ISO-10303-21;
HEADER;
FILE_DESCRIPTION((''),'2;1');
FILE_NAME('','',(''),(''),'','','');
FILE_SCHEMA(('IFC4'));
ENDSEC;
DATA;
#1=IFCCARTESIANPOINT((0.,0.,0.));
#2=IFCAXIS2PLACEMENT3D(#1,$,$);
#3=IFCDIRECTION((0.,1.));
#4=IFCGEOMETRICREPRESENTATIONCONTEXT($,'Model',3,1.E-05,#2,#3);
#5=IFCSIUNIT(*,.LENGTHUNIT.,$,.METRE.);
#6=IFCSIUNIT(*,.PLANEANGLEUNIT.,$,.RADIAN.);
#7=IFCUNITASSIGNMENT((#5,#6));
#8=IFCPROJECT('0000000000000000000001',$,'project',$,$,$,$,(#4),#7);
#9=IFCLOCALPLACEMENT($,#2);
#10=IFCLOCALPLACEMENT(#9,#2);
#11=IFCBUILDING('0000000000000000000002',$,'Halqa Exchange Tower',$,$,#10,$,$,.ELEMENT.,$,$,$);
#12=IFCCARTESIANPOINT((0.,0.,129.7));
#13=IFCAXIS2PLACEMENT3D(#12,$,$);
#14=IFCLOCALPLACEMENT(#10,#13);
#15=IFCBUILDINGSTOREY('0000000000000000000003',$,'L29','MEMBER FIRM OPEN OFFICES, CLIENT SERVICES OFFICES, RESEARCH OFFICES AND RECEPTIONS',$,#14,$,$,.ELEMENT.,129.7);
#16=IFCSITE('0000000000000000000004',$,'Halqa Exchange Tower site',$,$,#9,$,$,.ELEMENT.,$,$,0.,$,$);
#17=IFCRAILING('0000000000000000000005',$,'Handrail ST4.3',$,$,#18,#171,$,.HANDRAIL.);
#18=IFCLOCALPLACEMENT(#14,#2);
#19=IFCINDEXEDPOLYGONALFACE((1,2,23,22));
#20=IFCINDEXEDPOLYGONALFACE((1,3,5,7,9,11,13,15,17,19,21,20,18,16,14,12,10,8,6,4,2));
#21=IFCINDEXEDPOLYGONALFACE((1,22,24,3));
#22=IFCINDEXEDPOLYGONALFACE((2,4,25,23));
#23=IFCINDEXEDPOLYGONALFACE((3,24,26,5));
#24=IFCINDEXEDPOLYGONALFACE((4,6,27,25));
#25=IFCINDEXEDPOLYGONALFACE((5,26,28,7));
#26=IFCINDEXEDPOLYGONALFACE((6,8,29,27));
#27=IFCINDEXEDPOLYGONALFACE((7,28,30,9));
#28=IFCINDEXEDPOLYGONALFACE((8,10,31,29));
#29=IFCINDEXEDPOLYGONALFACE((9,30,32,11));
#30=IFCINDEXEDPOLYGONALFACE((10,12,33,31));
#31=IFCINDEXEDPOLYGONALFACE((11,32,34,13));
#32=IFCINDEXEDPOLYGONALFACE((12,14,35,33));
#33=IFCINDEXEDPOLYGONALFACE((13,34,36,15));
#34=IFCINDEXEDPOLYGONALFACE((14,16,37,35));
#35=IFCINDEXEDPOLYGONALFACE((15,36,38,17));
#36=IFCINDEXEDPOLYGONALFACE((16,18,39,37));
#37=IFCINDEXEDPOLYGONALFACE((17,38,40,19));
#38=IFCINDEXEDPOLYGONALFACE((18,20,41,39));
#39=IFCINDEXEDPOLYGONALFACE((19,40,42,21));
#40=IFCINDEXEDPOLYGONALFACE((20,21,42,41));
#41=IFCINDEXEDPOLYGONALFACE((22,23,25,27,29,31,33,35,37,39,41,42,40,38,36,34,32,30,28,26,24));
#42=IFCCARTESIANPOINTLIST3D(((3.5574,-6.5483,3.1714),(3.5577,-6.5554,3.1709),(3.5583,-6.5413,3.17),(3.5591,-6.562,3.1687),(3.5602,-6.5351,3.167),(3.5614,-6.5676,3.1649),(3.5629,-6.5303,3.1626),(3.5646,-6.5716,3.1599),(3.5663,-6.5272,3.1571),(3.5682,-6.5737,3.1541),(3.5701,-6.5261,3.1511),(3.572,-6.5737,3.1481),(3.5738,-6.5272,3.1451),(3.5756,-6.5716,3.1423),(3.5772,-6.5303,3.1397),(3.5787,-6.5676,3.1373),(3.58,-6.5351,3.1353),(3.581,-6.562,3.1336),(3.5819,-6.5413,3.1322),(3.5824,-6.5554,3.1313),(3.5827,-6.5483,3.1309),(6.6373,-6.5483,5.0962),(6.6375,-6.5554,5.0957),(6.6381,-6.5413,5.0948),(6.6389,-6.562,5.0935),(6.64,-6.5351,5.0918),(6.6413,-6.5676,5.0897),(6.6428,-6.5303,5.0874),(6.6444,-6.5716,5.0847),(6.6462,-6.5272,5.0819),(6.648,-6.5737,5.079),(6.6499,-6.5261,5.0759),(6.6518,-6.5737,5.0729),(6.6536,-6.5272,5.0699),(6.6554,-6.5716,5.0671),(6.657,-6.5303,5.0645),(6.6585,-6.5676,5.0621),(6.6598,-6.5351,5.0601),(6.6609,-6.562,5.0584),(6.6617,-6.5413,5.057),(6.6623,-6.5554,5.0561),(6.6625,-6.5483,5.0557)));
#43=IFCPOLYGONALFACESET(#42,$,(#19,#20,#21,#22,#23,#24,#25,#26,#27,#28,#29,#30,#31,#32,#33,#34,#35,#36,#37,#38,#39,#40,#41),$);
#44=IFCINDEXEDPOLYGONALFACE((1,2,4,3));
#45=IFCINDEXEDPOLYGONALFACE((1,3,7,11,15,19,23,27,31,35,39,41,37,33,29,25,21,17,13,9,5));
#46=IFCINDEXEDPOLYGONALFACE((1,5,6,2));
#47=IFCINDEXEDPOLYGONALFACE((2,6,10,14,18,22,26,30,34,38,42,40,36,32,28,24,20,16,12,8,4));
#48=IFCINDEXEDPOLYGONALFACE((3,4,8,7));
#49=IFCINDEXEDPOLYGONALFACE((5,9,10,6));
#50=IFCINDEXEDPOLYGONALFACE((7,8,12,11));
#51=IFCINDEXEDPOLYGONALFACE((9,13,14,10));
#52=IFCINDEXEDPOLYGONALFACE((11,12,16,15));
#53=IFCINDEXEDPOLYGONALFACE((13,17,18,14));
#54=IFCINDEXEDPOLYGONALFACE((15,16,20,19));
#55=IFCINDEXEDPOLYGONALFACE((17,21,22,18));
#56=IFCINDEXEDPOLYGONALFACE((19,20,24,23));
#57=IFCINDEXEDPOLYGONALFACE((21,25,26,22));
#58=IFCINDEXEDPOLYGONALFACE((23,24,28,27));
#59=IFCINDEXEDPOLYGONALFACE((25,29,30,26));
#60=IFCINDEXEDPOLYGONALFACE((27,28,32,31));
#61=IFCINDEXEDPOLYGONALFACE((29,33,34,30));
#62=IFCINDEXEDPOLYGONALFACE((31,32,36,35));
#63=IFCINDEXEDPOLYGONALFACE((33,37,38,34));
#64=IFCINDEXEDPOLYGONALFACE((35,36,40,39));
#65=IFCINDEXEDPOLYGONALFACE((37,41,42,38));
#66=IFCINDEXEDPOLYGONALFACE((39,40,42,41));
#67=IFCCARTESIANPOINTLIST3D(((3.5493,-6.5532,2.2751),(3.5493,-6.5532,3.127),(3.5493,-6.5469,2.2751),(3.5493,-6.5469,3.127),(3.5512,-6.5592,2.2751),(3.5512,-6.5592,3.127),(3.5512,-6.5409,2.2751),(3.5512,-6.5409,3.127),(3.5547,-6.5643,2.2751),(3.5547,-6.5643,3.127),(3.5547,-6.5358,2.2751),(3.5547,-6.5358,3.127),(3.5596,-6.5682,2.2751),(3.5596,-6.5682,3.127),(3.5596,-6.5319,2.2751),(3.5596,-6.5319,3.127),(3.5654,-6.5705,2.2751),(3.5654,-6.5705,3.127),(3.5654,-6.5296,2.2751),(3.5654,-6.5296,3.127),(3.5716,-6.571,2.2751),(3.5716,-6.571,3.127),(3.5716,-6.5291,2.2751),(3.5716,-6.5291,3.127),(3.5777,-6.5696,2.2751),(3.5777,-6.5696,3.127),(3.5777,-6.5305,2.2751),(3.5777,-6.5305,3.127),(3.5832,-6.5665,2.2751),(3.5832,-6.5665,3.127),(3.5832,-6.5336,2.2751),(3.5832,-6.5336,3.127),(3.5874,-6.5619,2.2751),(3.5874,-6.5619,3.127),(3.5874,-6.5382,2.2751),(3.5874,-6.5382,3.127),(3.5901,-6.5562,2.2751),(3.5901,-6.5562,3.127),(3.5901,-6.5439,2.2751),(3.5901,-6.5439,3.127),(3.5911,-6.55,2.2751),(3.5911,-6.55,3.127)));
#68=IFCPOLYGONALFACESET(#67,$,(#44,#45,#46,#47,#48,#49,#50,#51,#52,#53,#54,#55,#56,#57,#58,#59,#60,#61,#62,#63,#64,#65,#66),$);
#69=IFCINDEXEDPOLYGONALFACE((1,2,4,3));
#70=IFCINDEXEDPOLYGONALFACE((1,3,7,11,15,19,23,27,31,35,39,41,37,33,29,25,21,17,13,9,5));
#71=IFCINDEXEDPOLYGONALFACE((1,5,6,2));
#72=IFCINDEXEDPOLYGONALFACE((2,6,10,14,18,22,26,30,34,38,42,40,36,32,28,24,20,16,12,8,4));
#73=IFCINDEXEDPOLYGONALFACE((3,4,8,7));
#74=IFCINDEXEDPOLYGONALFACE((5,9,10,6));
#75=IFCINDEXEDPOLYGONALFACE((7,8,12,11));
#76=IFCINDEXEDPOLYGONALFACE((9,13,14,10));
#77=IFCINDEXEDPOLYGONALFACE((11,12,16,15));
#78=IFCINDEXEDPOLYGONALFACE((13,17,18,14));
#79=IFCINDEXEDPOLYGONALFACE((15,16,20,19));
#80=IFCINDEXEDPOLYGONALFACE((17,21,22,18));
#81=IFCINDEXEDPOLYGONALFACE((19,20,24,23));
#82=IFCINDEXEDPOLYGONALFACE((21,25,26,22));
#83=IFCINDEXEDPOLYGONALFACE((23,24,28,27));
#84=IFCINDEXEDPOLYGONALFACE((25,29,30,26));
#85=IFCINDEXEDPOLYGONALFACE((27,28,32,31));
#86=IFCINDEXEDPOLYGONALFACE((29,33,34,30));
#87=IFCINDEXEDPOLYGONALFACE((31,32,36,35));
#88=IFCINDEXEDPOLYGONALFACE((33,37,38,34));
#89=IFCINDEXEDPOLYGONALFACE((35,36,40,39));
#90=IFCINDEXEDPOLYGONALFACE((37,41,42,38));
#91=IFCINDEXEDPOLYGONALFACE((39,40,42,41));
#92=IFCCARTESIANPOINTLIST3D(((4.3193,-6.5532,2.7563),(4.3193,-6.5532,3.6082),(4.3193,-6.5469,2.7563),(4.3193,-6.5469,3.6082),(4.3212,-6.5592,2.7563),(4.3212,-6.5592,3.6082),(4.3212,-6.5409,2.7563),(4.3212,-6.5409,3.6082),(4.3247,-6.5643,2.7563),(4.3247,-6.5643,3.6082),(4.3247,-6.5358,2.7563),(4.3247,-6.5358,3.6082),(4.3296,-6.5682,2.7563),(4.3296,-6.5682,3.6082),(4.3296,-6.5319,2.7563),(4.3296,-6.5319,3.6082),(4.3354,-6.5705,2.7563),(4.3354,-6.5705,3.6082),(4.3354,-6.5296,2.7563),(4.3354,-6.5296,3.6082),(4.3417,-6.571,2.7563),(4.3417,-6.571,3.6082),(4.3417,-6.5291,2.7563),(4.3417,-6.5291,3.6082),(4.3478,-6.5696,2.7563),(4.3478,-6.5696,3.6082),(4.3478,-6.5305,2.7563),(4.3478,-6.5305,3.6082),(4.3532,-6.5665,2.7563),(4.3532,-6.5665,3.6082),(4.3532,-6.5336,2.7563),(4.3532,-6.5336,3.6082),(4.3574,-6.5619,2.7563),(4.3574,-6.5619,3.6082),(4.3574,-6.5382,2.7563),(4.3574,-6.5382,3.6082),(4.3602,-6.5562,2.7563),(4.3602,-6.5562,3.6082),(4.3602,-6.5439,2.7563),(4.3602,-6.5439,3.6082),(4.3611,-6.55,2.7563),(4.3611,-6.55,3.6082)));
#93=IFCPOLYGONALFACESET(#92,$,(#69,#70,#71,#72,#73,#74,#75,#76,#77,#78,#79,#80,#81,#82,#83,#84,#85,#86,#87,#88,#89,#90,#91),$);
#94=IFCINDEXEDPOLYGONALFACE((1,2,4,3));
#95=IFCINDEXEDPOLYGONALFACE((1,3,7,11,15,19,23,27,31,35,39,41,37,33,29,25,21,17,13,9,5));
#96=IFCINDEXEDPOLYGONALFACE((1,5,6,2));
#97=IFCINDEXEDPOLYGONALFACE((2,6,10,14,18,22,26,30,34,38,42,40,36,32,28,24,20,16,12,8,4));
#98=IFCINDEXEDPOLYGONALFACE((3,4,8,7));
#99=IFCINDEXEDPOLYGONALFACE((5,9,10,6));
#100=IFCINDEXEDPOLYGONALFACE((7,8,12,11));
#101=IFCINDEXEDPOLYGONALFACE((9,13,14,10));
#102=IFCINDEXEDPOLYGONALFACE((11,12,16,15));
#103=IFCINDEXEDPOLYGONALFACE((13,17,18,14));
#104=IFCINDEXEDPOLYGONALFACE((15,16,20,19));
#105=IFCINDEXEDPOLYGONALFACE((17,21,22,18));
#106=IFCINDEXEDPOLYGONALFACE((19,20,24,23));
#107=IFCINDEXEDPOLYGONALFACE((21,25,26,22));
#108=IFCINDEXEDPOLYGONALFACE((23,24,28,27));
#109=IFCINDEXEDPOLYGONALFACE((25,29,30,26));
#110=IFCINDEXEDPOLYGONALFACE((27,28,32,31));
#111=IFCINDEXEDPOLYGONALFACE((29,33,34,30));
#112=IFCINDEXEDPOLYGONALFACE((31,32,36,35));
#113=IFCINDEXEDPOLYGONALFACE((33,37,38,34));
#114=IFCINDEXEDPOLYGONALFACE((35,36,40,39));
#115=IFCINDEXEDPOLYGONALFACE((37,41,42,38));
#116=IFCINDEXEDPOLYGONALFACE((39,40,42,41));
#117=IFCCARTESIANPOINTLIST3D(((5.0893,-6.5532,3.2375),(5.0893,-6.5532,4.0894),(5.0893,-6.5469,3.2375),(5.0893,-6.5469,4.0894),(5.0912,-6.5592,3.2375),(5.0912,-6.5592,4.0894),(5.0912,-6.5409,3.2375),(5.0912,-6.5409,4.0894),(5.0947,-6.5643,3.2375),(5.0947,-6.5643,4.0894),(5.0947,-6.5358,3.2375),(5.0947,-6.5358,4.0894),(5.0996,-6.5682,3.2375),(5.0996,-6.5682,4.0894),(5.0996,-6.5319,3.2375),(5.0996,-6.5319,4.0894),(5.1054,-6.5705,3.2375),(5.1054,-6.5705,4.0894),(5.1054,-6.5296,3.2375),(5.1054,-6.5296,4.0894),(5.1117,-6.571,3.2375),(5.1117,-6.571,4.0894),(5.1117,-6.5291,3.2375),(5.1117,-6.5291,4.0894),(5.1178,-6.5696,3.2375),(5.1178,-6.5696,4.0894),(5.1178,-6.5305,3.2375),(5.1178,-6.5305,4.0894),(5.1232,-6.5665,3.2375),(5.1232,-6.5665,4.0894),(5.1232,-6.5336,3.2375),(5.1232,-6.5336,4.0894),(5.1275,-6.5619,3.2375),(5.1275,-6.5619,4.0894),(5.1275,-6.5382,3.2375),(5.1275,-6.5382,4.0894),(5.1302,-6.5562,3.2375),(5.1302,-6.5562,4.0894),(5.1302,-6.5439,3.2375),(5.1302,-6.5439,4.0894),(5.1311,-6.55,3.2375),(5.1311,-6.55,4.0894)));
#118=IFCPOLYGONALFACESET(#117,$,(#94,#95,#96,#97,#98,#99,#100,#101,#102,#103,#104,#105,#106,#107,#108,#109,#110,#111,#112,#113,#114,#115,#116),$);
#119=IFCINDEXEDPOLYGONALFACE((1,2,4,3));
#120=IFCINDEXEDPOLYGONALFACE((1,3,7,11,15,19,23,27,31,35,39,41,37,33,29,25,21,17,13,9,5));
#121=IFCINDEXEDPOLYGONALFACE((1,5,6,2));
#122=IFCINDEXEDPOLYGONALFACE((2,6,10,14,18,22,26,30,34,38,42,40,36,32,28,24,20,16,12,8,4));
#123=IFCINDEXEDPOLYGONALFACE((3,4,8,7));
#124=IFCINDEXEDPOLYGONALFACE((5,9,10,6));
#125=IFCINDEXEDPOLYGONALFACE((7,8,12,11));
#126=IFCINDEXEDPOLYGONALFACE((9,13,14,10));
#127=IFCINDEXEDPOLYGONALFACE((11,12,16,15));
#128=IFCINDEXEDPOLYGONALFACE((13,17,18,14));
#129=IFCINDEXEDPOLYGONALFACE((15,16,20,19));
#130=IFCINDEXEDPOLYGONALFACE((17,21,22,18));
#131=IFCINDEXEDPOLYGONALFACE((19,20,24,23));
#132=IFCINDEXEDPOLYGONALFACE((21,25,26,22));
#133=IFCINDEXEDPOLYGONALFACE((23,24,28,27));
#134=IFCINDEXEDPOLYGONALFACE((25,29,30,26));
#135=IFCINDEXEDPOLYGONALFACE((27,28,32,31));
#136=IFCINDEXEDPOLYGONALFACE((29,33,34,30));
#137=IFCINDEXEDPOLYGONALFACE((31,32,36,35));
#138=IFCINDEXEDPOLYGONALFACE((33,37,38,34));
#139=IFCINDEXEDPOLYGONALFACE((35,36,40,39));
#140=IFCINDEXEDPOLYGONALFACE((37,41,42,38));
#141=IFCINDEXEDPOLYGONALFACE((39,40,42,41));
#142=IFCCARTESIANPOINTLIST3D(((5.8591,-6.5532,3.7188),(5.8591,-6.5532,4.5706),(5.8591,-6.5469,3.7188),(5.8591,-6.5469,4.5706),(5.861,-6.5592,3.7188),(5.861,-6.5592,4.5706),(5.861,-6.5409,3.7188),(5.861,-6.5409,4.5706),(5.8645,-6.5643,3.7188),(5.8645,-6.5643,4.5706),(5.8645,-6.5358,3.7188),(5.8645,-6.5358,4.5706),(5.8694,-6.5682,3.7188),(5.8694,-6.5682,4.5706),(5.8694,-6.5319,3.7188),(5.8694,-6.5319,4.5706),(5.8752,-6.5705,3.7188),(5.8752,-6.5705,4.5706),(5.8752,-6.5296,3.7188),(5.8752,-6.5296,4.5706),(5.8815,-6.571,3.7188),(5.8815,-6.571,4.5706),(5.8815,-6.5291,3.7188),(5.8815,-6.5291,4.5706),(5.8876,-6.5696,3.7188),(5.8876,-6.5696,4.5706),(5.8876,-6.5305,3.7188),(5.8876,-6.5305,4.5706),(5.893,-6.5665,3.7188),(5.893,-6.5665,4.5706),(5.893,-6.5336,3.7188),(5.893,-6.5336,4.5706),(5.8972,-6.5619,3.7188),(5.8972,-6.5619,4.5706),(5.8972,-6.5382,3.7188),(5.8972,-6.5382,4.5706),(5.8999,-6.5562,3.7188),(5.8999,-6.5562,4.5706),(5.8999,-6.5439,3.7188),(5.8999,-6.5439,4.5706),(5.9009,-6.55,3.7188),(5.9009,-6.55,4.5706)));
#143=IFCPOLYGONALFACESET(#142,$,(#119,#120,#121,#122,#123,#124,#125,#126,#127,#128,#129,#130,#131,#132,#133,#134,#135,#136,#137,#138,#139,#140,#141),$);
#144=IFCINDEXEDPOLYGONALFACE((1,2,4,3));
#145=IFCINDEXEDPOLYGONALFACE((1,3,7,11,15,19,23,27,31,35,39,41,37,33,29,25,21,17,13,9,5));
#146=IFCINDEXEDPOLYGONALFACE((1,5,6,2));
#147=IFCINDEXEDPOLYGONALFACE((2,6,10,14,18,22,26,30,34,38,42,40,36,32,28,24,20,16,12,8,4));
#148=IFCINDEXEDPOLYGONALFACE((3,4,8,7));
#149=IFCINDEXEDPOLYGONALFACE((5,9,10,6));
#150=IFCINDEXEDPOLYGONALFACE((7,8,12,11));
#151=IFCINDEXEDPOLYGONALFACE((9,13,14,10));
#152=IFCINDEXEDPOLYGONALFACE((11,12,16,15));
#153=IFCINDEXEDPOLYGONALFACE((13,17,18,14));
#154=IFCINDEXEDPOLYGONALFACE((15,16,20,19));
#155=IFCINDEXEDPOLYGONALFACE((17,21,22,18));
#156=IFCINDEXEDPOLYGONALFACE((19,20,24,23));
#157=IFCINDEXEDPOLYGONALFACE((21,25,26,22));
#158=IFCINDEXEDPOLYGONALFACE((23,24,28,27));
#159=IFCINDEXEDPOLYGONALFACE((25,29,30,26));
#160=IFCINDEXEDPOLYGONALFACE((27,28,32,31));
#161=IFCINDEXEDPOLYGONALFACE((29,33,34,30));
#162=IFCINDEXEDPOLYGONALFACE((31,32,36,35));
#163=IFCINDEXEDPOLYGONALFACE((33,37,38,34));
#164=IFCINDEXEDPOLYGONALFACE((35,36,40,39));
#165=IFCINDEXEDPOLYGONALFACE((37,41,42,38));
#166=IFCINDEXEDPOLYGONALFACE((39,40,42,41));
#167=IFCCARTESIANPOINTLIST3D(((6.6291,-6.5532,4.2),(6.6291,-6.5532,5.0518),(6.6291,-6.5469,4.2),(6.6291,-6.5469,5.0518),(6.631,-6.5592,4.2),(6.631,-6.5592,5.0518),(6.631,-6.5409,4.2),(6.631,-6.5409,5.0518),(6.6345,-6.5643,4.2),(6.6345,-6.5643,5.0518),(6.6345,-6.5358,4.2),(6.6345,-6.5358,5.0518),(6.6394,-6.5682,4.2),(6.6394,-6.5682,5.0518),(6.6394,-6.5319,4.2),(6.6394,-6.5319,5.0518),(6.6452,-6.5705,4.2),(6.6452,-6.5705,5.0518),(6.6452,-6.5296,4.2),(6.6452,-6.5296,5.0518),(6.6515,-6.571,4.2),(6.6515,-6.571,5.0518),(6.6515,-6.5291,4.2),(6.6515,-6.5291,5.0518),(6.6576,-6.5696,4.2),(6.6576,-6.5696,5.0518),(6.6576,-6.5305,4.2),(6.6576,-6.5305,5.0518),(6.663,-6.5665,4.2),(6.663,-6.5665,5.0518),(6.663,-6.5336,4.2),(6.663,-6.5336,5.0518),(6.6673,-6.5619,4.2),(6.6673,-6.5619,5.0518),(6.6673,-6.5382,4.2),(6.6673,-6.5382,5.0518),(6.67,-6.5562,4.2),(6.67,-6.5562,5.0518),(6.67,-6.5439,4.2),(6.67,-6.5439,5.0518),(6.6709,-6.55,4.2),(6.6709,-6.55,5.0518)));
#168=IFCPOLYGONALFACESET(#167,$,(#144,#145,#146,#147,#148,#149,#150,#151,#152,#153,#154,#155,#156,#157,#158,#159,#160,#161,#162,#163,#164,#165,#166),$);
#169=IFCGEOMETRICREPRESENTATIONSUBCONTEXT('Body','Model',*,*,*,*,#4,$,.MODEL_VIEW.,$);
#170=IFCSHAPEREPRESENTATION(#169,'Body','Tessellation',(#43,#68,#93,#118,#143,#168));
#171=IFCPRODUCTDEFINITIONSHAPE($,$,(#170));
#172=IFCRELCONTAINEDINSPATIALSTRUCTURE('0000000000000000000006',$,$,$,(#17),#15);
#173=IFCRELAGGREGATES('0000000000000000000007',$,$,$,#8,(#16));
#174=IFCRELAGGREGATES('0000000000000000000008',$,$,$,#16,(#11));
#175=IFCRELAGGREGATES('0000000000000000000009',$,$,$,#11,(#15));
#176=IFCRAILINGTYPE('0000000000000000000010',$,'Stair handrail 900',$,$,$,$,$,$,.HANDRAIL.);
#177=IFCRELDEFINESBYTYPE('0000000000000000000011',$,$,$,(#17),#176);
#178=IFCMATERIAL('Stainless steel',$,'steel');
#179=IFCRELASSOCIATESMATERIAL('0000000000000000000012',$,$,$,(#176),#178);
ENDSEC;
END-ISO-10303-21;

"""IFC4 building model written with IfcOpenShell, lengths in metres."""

from ifc_helpers import new_model, si_unit, direction, frame, origin, origin_2d, place, context, subcontext, project, spatial, circle, extrude, material, type_object, element, save


model = new_model("IFC4")

# Units and contexts
model_context = context("Model", 3, precision=1e-05, world=origin(), true_north=direction((0.0, 1.0)))
body_context = subcontext(model_context, "Body", "Model", "MODEL_VIEW")
ifc_project = project(units=[si_unit("LENGTHUNIT", "METRE"), si_unit("PLANEANGLEUNIT", "RADIAN")], contexts=[model_context])

# Site, building, storey
site_placement = place(None, origin())
site = spatial("IfcSite", under=ifc_project, at=site_placement, Name="Halqa Exchange Tower site", CompositionType="ELEMENT", RefElevation=0.0)
building_placement = place(site_placement, origin())
building = spatial("IfcBuilding", under=site, at=building_placement, Name="Halqa Exchange Tower", CompositionType="ELEMENT")
storey_placement = place(building_placement, frame((0.0, 0.0, 129.7)))
storey = spatial("IfcBuildingStorey", under=building, at=storey_placement, Name="L29", Description="MEMBER FIRM OPEN OFFICES, CLIENT SERVICES OFFICES, RESEARCH OFFICES AND RECEPTIONS", CompositionType="ELEMENT", Elevation=129.7)

# Railing
ifc_material_1 = material(Name="Stainless steel", Category="steel")
railing_type_1 = type_object("IfcRailingType", Name="Stair handrail 900", PredefinedType="HANDRAIL", material=ifc_material_1)
railing_1_placement = place(storey_placement, frame((3.5701, -6.55, 2.2751)))
element("IfcRailing", 1, at=railing_1_placement, inside=storey, type_object=railing_type_1, Name="Handrail ST4.3", PredefinedType="HANDRAIL", context=body_context, shape_type="SweptSolid", body=[
    extrude(circle(Radius=0.0239, at=origin_2d()), frame((0.0, 0.0, 0.876), z_axis=(0.84801, 0.0, 0.529981), x_axis=(0.0, 1.0, 0.0)), (0.0, 0.0, 1.0), 3.6318),
    extrude(circle(Radius=0.021, at=origin_2d()), origin(), (0.0, 0.0, 1.0), 0.8518),
    extrude(circle(Radius=0.021, at=origin_2d()), frame((0.77, 0.0, 0.4812)), (0.0, 0.0, 1.0), 0.8518),
    extrude(circle(Radius=0.021, at=origin_2d()), frame((1.54, 0.0, 0.9624)), (0.0, 0.0, 1.0), 0.8518),
    extrude(circle(Radius=0.021, at=origin_2d()), frame((2.3098, 0.0, 1.4436)), (0.0, 0.0, 1.0), 0.8518),
    extrude(circle(Radius=0.021, at=origin_2d()), frame((3.0798, 0.0, 1.9248)), (0.0, 0.0, 1.0), 0.8518),
])

save(model, "model.ifc")
